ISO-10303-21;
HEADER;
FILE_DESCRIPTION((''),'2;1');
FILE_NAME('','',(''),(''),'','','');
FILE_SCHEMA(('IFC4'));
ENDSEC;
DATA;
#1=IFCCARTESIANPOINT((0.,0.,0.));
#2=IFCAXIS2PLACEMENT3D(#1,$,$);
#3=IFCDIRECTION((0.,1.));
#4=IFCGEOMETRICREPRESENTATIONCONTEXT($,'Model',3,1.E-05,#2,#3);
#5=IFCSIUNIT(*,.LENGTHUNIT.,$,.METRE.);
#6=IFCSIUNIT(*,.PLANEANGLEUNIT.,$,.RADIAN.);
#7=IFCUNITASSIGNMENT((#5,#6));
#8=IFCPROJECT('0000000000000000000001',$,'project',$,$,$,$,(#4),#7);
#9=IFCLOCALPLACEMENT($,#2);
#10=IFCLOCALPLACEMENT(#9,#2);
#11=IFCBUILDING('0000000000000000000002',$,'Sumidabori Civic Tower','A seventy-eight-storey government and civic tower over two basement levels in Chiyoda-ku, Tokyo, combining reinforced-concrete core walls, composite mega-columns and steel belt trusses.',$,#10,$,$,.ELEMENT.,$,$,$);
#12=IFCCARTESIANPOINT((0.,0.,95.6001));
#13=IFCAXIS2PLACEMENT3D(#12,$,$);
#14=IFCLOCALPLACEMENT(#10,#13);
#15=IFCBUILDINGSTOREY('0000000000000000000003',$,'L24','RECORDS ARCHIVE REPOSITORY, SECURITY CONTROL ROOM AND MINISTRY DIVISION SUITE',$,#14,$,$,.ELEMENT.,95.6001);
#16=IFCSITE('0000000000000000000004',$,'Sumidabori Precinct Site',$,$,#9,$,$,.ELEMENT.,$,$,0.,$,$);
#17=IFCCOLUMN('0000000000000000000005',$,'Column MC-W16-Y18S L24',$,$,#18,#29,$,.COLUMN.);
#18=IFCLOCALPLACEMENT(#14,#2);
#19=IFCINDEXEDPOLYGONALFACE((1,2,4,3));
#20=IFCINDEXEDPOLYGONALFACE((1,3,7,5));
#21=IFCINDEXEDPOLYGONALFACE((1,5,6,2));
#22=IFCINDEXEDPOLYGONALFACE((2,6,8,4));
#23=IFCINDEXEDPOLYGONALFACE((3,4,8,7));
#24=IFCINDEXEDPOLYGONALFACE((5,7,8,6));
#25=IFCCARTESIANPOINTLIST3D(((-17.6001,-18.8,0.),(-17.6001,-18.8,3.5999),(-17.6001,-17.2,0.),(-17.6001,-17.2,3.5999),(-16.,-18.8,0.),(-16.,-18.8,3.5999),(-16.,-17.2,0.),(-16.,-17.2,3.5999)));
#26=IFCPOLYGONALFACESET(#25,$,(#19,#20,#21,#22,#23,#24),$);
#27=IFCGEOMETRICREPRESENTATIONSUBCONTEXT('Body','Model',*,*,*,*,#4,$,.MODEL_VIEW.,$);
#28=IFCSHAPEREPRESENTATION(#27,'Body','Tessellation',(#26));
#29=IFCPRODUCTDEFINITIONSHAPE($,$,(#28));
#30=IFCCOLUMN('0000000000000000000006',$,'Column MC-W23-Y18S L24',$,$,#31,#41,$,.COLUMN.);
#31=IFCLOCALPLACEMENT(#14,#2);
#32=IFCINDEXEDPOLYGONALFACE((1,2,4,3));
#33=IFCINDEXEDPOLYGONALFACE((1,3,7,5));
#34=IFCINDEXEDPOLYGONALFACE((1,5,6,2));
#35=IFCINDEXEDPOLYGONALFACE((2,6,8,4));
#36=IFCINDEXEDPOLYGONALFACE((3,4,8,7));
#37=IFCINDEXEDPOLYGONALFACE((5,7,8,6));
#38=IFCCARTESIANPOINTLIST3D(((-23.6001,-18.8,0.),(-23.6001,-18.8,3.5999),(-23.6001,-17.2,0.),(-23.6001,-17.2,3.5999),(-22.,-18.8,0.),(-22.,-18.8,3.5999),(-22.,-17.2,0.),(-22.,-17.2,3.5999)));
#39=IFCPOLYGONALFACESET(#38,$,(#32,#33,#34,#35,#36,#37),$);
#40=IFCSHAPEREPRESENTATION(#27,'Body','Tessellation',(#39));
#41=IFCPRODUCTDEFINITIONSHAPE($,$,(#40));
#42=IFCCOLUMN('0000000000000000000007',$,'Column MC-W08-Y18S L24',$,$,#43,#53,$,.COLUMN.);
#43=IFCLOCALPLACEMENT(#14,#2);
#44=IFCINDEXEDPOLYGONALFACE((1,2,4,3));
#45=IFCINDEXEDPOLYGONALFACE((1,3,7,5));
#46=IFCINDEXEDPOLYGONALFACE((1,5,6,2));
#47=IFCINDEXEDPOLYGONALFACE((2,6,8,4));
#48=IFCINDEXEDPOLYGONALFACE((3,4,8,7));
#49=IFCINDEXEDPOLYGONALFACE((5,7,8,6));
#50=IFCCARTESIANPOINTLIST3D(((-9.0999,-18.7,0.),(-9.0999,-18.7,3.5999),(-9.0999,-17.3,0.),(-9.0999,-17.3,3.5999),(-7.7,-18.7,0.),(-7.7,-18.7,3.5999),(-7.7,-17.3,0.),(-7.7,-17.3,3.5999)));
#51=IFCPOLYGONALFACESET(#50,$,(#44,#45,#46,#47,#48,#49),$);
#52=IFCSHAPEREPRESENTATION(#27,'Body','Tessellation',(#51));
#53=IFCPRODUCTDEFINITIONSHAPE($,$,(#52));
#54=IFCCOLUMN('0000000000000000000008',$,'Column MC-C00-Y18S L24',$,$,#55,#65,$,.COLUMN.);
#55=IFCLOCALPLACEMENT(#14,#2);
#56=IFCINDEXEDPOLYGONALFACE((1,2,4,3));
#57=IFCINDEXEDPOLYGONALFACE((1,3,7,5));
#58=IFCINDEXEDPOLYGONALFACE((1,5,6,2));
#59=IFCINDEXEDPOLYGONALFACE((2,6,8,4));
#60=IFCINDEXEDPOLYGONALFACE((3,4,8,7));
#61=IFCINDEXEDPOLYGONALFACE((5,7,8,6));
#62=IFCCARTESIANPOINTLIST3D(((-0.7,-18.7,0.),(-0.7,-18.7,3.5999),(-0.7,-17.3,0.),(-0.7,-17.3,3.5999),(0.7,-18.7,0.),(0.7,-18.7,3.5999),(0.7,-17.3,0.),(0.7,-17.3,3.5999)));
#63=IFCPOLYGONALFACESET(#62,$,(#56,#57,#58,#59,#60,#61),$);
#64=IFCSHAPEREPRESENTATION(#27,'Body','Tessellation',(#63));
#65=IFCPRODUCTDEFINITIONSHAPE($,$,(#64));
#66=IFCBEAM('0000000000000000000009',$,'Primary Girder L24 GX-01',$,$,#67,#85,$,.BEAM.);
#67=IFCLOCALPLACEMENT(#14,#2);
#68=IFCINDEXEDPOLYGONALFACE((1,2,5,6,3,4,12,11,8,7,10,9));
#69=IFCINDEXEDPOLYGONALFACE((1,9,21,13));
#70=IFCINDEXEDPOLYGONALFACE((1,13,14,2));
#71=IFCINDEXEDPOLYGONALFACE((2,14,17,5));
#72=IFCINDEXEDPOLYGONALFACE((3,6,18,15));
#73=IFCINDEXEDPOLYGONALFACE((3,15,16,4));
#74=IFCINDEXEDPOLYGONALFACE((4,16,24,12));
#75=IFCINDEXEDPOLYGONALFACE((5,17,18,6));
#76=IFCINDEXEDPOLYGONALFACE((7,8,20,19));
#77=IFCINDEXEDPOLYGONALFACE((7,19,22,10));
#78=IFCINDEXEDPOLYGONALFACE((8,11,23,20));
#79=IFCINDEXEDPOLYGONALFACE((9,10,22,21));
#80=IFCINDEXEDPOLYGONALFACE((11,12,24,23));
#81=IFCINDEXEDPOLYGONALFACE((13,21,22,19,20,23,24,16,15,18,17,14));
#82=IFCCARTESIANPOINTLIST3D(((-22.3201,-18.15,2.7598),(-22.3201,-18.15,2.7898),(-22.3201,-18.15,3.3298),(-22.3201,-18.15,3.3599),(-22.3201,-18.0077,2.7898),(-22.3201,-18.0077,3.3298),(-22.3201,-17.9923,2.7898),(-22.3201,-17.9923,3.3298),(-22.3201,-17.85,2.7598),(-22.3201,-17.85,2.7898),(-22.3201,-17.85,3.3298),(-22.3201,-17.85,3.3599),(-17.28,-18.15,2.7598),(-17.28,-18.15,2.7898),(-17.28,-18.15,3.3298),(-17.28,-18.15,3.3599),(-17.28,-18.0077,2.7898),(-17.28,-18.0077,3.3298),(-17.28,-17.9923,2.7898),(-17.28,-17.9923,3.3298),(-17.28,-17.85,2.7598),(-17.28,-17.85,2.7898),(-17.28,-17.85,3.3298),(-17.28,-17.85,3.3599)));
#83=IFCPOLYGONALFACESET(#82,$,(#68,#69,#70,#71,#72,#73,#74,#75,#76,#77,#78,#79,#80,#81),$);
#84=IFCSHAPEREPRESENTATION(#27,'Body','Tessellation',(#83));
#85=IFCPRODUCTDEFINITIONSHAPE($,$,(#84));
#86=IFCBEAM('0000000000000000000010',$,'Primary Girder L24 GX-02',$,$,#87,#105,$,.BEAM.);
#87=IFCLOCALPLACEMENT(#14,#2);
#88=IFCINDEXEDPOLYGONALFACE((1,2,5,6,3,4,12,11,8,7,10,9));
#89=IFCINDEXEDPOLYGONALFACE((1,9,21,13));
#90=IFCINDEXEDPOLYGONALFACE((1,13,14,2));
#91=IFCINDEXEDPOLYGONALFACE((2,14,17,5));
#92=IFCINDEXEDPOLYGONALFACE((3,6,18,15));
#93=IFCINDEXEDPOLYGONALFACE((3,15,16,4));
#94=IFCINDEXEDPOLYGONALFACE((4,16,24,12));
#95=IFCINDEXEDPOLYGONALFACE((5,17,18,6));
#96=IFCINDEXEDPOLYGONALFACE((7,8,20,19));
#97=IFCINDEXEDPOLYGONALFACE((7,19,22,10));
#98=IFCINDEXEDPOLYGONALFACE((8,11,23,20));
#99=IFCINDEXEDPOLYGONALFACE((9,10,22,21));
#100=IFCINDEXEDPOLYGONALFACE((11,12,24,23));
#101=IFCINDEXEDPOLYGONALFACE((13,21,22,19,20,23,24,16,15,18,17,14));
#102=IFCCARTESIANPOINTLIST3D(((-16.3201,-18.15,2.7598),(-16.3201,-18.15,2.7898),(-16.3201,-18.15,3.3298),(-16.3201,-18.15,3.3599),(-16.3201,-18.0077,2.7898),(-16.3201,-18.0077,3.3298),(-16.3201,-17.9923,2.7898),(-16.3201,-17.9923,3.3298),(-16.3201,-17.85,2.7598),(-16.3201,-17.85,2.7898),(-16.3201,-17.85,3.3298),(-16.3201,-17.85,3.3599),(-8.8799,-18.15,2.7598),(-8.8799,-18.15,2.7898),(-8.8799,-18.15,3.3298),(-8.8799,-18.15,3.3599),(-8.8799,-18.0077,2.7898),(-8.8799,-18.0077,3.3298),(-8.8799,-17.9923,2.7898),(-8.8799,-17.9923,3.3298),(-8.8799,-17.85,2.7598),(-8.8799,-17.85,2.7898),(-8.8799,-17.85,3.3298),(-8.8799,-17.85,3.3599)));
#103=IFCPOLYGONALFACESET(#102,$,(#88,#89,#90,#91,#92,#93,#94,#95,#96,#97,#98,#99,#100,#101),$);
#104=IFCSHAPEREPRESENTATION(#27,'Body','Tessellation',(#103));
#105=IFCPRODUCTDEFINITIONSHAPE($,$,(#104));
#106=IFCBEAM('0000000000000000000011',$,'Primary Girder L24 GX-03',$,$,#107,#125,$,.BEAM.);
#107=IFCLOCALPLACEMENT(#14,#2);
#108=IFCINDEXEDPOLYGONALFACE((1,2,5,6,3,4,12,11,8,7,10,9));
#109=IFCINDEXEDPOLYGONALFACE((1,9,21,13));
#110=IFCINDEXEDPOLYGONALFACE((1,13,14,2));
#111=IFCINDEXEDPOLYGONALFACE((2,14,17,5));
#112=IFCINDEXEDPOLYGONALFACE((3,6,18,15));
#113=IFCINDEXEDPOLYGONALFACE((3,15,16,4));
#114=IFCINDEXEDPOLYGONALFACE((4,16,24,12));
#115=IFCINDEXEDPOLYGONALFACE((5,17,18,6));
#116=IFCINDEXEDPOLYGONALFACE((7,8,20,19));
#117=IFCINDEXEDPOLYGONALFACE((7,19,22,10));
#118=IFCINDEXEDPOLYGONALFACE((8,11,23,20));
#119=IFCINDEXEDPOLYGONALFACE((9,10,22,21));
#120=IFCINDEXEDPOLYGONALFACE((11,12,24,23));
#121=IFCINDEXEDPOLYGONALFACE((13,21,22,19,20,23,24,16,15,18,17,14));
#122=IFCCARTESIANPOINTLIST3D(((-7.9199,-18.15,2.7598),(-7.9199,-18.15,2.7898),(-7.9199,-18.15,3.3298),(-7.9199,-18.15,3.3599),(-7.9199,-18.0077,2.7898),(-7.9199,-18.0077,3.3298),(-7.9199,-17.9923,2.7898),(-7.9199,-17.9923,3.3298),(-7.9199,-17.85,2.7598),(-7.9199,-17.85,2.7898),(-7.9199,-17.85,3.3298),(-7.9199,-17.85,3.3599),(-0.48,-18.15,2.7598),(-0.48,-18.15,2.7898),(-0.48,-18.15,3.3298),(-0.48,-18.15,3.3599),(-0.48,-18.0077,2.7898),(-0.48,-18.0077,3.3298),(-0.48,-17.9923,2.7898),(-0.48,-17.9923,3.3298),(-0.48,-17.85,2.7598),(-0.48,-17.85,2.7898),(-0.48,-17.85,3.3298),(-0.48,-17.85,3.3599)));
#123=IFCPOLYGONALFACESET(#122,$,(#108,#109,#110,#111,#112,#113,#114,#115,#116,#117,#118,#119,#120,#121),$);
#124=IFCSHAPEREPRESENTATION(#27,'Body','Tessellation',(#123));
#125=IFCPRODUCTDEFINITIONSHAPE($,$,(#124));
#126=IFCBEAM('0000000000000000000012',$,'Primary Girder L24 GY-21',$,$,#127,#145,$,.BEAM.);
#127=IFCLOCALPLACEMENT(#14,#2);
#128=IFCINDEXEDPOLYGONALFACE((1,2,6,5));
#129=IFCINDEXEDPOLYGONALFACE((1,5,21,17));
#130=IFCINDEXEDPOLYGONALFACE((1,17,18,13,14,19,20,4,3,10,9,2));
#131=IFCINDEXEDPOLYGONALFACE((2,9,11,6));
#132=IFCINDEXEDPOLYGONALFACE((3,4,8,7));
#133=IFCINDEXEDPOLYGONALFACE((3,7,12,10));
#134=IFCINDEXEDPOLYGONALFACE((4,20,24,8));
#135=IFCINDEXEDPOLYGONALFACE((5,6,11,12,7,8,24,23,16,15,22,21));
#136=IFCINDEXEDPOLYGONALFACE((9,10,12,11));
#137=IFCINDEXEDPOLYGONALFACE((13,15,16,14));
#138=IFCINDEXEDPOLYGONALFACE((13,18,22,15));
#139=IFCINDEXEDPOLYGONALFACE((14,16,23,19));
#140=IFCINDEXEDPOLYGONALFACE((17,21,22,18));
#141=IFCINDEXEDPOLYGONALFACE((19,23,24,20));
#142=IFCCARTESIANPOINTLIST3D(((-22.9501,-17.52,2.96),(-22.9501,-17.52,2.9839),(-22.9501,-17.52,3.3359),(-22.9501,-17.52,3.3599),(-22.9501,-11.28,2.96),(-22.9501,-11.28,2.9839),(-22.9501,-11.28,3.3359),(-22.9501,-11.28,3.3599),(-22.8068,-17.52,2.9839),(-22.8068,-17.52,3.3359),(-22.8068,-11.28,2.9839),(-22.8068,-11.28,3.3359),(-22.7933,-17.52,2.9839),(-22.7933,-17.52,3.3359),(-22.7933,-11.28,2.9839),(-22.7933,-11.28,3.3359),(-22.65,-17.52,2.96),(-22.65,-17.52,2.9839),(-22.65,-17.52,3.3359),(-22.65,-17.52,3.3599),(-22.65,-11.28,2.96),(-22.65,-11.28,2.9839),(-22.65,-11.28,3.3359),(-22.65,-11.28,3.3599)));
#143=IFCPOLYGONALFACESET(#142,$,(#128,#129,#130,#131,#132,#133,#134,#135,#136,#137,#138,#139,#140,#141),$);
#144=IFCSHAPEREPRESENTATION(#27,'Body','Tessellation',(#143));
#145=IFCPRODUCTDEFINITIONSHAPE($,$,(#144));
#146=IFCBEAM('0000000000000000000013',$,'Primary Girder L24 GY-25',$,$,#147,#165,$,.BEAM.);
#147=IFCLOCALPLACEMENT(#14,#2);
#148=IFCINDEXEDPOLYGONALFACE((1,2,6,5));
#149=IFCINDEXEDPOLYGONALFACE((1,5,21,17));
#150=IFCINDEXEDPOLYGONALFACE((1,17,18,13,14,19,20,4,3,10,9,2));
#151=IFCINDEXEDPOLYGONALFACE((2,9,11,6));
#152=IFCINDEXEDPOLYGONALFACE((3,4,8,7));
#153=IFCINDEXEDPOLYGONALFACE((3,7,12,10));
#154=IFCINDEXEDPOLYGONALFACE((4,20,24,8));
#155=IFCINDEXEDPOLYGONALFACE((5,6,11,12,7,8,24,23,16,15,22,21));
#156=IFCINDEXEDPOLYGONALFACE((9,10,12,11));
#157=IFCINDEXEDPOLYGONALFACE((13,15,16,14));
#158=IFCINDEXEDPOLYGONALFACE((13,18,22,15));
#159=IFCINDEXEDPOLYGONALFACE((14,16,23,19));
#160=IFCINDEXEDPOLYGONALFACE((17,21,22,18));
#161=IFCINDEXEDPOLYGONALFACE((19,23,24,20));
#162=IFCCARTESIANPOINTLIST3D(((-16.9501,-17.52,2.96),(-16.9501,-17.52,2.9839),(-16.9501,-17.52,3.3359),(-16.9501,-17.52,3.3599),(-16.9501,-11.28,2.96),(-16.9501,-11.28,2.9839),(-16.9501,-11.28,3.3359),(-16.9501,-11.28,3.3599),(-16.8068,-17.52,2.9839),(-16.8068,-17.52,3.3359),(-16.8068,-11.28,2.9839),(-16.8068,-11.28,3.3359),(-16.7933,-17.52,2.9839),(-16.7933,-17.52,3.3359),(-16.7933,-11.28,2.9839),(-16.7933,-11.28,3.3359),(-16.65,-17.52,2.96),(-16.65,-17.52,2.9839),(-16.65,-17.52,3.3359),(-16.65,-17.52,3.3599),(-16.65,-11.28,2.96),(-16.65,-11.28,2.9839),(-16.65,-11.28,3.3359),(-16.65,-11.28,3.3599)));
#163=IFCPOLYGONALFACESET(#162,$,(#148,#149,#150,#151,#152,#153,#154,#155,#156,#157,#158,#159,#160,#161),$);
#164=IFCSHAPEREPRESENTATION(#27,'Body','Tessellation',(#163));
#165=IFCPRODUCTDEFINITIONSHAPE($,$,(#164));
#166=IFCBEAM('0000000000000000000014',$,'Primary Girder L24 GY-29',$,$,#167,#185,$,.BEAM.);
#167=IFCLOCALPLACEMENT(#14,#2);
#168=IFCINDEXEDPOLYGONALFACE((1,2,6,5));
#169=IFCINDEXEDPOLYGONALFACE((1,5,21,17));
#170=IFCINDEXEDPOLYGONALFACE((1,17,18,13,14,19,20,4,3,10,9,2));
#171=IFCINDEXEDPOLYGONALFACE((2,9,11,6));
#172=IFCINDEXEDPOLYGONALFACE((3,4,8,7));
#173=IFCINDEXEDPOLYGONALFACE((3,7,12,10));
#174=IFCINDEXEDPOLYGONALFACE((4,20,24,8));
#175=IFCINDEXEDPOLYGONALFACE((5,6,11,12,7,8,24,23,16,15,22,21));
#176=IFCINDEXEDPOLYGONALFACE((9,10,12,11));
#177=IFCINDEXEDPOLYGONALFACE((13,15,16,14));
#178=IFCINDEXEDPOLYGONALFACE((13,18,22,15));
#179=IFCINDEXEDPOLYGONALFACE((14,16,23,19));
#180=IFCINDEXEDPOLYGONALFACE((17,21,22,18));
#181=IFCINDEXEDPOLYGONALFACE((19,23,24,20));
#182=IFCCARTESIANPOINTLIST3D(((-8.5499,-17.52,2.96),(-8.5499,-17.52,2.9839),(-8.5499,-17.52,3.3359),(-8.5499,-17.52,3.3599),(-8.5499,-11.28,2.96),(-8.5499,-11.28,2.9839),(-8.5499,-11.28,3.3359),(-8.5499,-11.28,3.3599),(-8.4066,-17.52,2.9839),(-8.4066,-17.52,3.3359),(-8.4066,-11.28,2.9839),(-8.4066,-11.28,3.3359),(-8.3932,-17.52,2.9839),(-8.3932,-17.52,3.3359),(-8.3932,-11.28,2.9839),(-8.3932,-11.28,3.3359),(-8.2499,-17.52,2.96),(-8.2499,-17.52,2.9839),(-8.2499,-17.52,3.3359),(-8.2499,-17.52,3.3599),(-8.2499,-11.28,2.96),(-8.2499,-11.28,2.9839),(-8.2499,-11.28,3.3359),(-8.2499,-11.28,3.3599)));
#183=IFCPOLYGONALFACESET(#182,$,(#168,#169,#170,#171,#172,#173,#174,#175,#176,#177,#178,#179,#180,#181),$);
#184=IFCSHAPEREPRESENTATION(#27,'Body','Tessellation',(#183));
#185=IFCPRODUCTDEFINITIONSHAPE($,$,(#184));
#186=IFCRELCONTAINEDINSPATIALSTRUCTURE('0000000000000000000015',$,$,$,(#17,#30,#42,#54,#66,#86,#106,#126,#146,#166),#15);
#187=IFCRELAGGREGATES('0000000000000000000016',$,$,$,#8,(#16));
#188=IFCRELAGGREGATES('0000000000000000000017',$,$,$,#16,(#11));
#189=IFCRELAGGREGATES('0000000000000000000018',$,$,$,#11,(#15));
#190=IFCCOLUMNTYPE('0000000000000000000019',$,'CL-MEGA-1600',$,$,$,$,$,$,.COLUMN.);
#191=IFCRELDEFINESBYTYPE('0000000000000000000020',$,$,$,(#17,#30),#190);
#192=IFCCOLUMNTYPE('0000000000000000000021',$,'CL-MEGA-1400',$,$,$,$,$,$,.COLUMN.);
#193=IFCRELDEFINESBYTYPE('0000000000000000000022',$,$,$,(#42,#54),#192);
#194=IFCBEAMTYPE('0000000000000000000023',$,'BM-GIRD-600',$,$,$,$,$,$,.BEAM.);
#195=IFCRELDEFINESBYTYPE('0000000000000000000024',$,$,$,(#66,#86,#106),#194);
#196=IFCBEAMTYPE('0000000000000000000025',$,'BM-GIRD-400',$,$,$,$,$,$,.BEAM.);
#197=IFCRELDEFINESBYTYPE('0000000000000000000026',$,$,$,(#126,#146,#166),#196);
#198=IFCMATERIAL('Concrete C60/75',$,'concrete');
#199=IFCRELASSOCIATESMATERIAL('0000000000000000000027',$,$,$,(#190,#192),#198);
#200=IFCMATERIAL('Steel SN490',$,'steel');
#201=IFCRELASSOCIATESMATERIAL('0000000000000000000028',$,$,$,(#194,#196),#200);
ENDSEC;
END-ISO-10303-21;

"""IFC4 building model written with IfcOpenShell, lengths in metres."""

from ifc_helpers import new_model, si_unit, direction, frame, origin, origin_2d, place, context, subcontext, project, spatial, rectangle, i_section, extrude, source, transform, mapped, material, material_profile, profile_set, type_object, element, save


model = new_model("IFC4")

# Units and contexts
model_context = context("Model", 3, precision=1e-05, world=origin(), true_north=direction((0.0, 1.0)))
body_context = subcontext(model_context, "Body", "Model", "MODEL_VIEW")
ifc_project = project(units=[si_unit("LENGTHUNIT", "METRE"), si_unit("PLANEANGLEUNIT", "RADIAN")], contexts=[model_context])

# Site, building, storey
site_placement = place(None, origin())
site = spatial("IfcSite", under=ifc_project, at=site_placement, Name="Sumidabori Precinct Site", CompositionType="ELEMENT", RefElevation=0.0)
building_placement = place(site_placement, origin())
building = spatial("IfcBuilding", under=site, at=building_placement, Name="Sumidabori Civic Tower", Description="A seventy-eight-storey government and civic tower over two basement levels in Chiyoda-ku, Tokyo, combining reinforced-concrete core walls, composite mega-columns and steel belt trusses.", CompositionType="ELEMENT")
storey_placement = place(building_placement, frame((0.0, 0.0, 95.6001)))
storey = spatial("IfcBuildingStorey", under=building, at=storey_placement, Name="L24", Description="RECORDS ARCHIVE REPOSITORY, SECURITY CONTROL ROOM AND MINISTRY DIVISION SUITE", CompositionType="ELEMENT", Elevation=95.6001)

# Columns
ifc_material_1 = material(Name="Concrete C60/75", Category="concrete")
ifc_material_profile_1 = material_profile(ifc_material_1, rectangle(XDim=1.6001, YDim=1.6001, at=origin_2d()), Name="RC 1600x1600")
ifc_profile_set_1 = profile_set([ifc_material_profile_1], Name="Concrete C60/75")
column_type_1 = type_object("IfcColumnType", Name="CL-MEGA-1600", PredefinedType="COLUMN", material=ifc_profile_set_1)
shared_shape_1 = source(origin(), body_context, "Body", "SweptSolid", [
    extrude(rectangle(XDim=1.6001, YDim=1.6001, at=origin_2d()), origin(), (0.0, 0.0, 1.0), 3.5999),
])
for number, where, z_axis, x_axis, name in (
    (1, (-16.8, -18.0, 0.0), (0.0, 0.0, 1.0), (1.0, 0.0, 0.0), "Column MC-W16-Y18S L24"),
    (2, (-22.8, -18.0, 0.0), (0.0, 0.0, 1.0), (1.0, 0.0, 0.0), "Column MC-W23-Y18S L24"),
):
    element("IfcColumn", number, at=place(storey_placement, frame(where, z_axis=z_axis, x_axis=x_axis)), inside=storey, type_object=column_type_1, Name=name, PredefinedType="COLUMN", context=body_context, shape_type="MappedRepresentation", body=[
        mapped(shared_shape_1, transform((0.0, 0.0, 0.0), x_axis=(1.0, 0.0, 0.0), y_axis=(0.0, 1.0, 0.0), z_axis=(0.0, 0.0, 1.0), scale=1.0)),
    ])
ifc_material_profile_2 = material_profile(ifc_material_1, rectangle(XDim=1.3999, YDim=1.3999, at=origin_2d()), Name="RC 1400x1400")
ifc_profile_set_2 = profile_set([ifc_material_profile_2], Name="Concrete C60/75")
column_type_2 = type_object("IfcColumnType", Name="CL-MEGA-1400", PredefinedType="COLUMN", material=ifc_profile_set_2)
shared_shape_2 = source(origin(), body_context, "Body", "SweptSolid", [
    extrude(rectangle(XDim=1.3999, YDim=1.3999, at=origin_2d()), origin(), (0.0, 0.0, 1.0), 3.5999),
])
for number, where, z_axis, x_axis, name in (
    (3, (-8.3999, -18.0, 0.0), (0.0, 0.0, 1.0), (1.0, 0.0, 0.0), "Column MC-W08-Y18S L24"),
    (4, (0.0, -18.0, 0.0), (0.0, 0.0, 1.0), (1.0, 0.0, 0.0), "Column MC-C00-Y18S L24"),
):
    element("IfcColumn", number, at=place(storey_placement, frame(where, z_axis=z_axis, x_axis=x_axis)), inside=storey, type_object=column_type_2, Name=name, PredefinedType="COLUMN", context=body_context, shape_type="MappedRepresentation", body=[
        mapped(shared_shape_2, transform((0.0, 0.0, 0.0), x_axis=(1.0, 0.0, 0.0), y_axis=(0.0, 1.0, 0.0), z_axis=(0.0, 0.0, 1.0), scale=1.0)),
    ])

# Beams
ifc_material_2 = material(Name="Steel SN490", Category="steel")
ifc_material_profile_3 = material_profile(ifc_material_2, i_section(OverallWidth=0.3, OverallDepth=0.6001, WebThickness=0.0154, FlangeThickness=0.03, at=origin_2d()), Name="HE 600 B")
ifc_profile_set_3 = profile_set([ifc_material_profile_3], Name="Steel SN490")
beam_type_1 = type_object("IfcBeamType", Name="BM-GIRD-600", PredefinedType="BEAM", material=ifc_profile_set_3)
shared_shape_3 = source(origin(), body_context, "Body", "SweptSolid", [
    extrude(i_section(OverallWidth=0.3, OverallDepth=0.6001, WebThickness=0.0154, FlangeThickness=0.03, at=origin_2d()), origin(), (0.0, 0.0, 1.0), 5.04),
])
beam_1_placement = place(storey_placement, frame((-22.3201, -18.0, 3.0598), z_axis=(1.0, 0.0, 0.0), x_axis=(0.0, 1.0, 0.0)))
element("IfcBeam", 5, at=beam_1_placement, inside=storey, type_object=beam_type_1, Name="Primary Girder L24 GX-01", PredefinedType="BEAM", context=body_context, shape_type="MappedRepresentation", body=[
    mapped(shared_shape_3, transform((0.0, 0.0, 0.0), x_axis=(1.0, 0.0, 0.0), y_axis=(0.0, 1.0, 0.0), z_axis=(0.0, 0.0, 1.0), scale=1.0)),
])
shared_shape_4 = source(origin(), body_context, "Body", "SweptSolid", [
    extrude(i_section(OverallWidth=0.3, OverallDepth=0.6001, WebThickness=0.0154, FlangeThickness=0.03, at=origin_2d()), origin(), (0.0, 0.0, 1.0), 7.4402),
])
beam_2_placement = place(storey_placement, frame((-16.3201, -18.0, 3.0598), z_axis=(1.0, 0.0, 0.0), x_axis=(0.0, 1.0, 0.0)))
element("IfcBeam", 6, at=beam_2_placement, inside=storey, type_object=beam_type_1, Name="Primary Girder L24 GX-02", PredefinedType="BEAM", context=body_context, shape_type="MappedRepresentation", body=[
    mapped(shared_shape_4, transform((0.0, 0.0, 0.0), x_axis=(1.0, 0.0, 0.0), y_axis=(0.0, 1.0, 0.0), z_axis=(0.0, 0.0, 1.0), scale=1.0)),
])
shared_shape_5 = source(origin(), body_context, "Body", "SweptSolid", [
    extrude(i_section(OverallWidth=0.3, OverallDepth=0.6001, WebThickness=0.0154, FlangeThickness=0.03, at=origin_2d()), origin(), (0.0, 0.0, 1.0), 7.4399),
])
beam_3_placement = place(storey_placement, frame((-7.9199, -18.0, 3.0598), z_axis=(1.0, 0.0, 0.0), x_axis=(0.0, 1.0, 0.0)))
element("IfcBeam", 7, at=beam_3_placement, inside=storey, type_object=beam_type_1, Name="Primary Girder L24 GX-03", PredefinedType="BEAM", context=body_context, shape_type="MappedRepresentation", body=[
    mapped(shared_shape_5, transform((0.0, 0.0, 0.0), x_axis=(1.0, 0.0, 0.0), y_axis=(0.0, 1.0, 0.0), z_axis=(0.0, 0.0, 1.0), scale=1.0)),
])
ifc_material_profile_4 = material_profile(ifc_material_2, i_section(OverallWidth=0.3, OverallDepth=0.3999, WebThickness=0.0134, FlangeThickness=0.0239, at=origin_2d()), Name="HE 400 B")
ifc_profile_set_4 = profile_set([ifc_material_profile_4], Name="Steel SN490")
beam_type_2 = type_object("IfcBeamType", Name="BM-GIRD-400", PredefinedType="BEAM", material=ifc_profile_set_4)
shared_shape_6 = source(origin(), body_context, "Body", "SweptSolid", [
    extrude(i_section(OverallWidth=0.3, OverallDepth=0.3999, WebThickness=0.0134, FlangeThickness=0.0239, at=origin_2d()), origin(), (0.0, 0.0, 1.0), 6.24),
])
for number, where, z_axis, x_axis, name in (
    (8, (-22.8, -17.52, 3.1599), (0.0, 1.0, 0.0), (-1.0, 0.0, 0.0), "Primary Girder L24 GY-21"),
    (9, (-16.8, -17.52, 3.1599), (0.0, 1.0, 0.0), (-1.0, 0.0, 0.0), "Primary Girder L24 GY-25"),
    (10, (-8.3999, -17.52, 3.1599), (0.0, 1.0, 0.0), (-1.0, 0.0, 0.0), "Primary Girder L24 GY-29"),
):
    element("IfcBeam", number, at=place(storey_placement, frame(where, z_axis=z_axis, x_axis=x_axis)), inside=storey, type_object=beam_type_2, Name=name, PredefinedType="BEAM", context=body_context, shape_type="MappedRepresentation", body=[
        mapped(shared_shape_6, transform((0.0, 0.0, 0.0), x_axis=(1.0, 0.0, 0.0), y_axis=(0.0, 1.0, 0.0), z_axis=(0.0, 0.0, 1.0), scale=1.0)),
    ])

save(model, "model.ifc")
